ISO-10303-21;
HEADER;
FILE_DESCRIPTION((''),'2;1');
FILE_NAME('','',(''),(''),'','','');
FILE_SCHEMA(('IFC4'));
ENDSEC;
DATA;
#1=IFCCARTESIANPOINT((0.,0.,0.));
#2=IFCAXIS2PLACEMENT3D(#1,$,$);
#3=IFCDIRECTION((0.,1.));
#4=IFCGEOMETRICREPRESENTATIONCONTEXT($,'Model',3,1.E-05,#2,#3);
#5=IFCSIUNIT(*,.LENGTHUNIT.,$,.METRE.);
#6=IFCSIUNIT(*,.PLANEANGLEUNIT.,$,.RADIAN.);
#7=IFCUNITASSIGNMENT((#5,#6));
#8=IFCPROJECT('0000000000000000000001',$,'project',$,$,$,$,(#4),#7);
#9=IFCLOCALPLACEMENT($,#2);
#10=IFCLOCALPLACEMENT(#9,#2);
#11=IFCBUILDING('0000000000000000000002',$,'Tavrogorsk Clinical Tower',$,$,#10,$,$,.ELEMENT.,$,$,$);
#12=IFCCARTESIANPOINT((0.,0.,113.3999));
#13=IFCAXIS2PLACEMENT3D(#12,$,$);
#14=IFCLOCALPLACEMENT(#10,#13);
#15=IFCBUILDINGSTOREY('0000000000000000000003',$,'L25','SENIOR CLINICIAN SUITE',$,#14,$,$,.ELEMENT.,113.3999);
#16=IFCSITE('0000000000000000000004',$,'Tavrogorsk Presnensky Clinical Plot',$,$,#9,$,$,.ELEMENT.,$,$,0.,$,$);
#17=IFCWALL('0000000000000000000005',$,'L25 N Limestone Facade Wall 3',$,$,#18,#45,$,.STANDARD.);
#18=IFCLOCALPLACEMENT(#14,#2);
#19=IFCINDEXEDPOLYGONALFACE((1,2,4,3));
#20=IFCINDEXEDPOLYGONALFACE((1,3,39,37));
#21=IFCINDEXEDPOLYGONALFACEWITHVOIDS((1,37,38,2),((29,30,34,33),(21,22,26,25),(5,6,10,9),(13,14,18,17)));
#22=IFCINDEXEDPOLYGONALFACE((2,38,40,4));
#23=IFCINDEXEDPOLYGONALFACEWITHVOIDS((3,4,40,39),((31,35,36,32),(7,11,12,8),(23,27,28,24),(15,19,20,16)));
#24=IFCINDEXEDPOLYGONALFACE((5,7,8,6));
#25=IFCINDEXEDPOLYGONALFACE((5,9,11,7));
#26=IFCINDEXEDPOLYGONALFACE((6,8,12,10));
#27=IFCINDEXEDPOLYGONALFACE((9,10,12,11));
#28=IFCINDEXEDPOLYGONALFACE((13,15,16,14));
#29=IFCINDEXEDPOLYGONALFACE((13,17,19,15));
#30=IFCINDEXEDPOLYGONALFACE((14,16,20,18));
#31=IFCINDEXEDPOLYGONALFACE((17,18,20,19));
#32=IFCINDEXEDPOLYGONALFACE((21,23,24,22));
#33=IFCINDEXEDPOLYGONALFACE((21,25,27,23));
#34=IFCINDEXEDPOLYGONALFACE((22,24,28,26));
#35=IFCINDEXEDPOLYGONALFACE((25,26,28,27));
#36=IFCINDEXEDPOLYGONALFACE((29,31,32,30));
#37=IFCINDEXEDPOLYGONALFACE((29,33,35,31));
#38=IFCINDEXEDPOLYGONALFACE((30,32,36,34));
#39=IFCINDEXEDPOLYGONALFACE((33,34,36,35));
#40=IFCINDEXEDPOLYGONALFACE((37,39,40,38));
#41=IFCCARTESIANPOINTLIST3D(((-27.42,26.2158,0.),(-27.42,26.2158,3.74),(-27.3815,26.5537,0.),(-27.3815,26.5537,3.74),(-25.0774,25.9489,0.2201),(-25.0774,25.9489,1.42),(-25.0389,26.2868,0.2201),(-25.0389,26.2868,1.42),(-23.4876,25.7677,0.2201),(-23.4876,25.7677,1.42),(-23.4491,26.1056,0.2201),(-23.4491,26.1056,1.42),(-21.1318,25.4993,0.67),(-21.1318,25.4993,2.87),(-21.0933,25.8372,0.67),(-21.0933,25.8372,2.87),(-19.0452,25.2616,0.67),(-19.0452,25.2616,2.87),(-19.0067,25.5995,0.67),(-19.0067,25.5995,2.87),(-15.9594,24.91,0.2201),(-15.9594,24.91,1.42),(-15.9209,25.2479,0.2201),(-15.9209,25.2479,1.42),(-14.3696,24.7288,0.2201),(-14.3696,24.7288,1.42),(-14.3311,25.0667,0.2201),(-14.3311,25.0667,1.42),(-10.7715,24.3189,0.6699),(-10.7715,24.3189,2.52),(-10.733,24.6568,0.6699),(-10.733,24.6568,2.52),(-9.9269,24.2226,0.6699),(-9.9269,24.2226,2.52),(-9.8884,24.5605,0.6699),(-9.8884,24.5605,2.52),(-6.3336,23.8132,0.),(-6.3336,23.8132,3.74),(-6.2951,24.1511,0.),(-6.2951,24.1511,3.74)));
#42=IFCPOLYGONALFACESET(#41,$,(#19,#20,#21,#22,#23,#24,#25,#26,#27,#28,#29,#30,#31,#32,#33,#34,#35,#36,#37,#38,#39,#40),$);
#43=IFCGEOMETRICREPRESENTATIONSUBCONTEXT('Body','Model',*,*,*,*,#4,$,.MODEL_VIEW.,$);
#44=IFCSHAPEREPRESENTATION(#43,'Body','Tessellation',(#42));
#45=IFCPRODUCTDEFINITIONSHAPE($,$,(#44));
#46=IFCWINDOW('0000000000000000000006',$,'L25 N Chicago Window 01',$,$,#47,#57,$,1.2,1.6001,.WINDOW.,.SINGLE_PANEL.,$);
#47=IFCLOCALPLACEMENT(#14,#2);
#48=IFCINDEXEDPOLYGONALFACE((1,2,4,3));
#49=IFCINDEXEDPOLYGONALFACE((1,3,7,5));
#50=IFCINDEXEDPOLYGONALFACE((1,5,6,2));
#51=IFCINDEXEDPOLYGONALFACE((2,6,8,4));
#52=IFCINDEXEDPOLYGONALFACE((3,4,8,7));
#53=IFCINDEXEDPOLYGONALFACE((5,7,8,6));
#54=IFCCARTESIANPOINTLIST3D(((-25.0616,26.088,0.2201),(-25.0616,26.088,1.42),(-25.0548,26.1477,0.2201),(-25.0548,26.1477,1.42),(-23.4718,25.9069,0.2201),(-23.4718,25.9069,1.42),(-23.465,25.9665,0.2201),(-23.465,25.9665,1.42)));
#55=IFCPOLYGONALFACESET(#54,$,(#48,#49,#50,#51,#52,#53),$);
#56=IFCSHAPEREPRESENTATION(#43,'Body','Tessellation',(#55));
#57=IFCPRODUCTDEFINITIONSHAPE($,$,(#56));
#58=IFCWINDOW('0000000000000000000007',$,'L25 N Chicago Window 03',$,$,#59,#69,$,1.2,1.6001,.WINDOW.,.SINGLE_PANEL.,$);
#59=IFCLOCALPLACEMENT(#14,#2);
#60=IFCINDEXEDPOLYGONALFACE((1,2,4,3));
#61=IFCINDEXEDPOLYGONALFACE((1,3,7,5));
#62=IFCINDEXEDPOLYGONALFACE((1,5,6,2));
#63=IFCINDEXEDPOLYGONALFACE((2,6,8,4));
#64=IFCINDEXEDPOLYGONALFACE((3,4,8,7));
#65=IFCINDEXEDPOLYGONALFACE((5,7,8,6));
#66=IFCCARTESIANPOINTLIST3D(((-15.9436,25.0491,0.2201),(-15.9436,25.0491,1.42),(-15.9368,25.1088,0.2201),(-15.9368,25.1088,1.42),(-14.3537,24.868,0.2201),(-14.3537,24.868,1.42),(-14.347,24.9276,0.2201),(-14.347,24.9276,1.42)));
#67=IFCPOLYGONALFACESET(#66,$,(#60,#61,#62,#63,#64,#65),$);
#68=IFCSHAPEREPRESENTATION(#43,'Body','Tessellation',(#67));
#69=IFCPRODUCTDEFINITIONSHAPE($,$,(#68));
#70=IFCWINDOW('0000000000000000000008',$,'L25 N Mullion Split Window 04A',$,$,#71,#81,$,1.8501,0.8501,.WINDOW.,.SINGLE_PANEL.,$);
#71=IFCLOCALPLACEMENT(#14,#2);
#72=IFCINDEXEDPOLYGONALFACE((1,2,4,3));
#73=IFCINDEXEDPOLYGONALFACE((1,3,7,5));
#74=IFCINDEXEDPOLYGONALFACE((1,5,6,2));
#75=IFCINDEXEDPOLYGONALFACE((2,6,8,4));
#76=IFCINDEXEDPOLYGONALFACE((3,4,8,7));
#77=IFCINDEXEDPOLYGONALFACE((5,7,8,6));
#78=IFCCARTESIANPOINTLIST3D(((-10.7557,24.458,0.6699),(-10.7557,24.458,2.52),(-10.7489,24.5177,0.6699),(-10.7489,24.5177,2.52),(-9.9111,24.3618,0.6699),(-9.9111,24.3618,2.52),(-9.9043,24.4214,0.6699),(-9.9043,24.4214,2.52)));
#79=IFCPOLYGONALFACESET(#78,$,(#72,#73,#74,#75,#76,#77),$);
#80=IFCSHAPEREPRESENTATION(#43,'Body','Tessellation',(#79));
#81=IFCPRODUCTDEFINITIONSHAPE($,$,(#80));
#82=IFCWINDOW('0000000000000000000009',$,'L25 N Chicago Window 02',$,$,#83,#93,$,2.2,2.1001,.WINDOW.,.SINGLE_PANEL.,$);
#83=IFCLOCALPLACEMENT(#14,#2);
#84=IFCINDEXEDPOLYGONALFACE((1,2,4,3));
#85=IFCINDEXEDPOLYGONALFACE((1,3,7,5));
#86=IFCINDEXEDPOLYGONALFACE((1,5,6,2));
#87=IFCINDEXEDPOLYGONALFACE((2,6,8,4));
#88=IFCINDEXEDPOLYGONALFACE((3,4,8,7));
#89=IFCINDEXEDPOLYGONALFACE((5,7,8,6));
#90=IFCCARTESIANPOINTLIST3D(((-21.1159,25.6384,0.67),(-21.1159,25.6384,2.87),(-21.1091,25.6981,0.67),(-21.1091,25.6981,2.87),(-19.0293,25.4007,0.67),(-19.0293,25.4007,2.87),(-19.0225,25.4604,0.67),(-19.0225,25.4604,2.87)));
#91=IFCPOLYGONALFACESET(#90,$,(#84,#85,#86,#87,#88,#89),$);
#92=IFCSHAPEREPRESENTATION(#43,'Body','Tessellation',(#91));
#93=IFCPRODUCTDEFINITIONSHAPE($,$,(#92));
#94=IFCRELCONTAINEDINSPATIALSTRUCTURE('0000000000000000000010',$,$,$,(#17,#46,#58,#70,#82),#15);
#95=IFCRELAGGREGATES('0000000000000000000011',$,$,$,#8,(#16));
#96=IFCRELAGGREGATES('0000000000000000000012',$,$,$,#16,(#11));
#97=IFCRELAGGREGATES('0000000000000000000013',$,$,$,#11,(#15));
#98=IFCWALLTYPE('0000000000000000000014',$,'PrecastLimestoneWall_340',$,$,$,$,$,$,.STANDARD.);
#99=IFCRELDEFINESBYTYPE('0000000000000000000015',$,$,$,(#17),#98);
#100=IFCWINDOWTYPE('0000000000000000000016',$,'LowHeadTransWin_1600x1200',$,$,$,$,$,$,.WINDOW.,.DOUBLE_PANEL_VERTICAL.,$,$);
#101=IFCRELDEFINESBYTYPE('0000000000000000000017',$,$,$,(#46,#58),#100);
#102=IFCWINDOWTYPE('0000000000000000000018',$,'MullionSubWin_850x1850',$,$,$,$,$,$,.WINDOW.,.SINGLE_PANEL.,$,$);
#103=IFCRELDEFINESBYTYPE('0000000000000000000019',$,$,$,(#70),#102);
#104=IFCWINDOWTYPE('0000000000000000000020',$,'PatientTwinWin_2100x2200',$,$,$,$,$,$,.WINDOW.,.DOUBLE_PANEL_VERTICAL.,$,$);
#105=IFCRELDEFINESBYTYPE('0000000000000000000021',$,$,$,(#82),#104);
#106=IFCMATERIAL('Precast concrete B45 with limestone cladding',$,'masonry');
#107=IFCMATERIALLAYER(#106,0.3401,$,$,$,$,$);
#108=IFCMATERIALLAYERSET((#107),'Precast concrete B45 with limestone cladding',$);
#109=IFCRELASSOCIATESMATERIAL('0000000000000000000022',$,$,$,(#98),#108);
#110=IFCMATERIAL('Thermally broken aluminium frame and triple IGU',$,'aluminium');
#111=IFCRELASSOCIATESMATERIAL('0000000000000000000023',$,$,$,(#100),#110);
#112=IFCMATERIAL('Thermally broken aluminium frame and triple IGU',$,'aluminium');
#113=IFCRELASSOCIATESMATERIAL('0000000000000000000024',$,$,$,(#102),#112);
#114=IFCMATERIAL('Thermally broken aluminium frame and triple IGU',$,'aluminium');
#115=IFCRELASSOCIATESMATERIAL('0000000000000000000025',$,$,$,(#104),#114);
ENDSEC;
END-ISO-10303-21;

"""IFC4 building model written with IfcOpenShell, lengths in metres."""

from ifc_helpers import new_model, si_unit, direction, frame, frame_2d, origin, place, context, subcontext, project, spatial, rectangle, extrude, material, layer, layer_set, type_object, element, fill, save


model = new_model("IFC4")

# Units and contexts
model_context = context("Model", 3, precision=1e-05, world=origin(), true_north=direction((0.0, 1.0)))
body_context = subcontext(model_context, "Body", "Model", "MODEL_VIEW")
ifc_project = project(units=[si_unit("LENGTHUNIT", "METRE"), si_unit("PLANEANGLEUNIT", "RADIAN")], contexts=[model_context])

# Site, building, storey
site_placement = place(None, origin())
site = spatial("IfcSite", under=ifc_project, at=site_placement, Name="Tavrogorsk Presnensky Clinical Plot", CompositionType="ELEMENT", RefElevation=0.0)
building_placement = place(site_placement, origin())
building = spatial("IfcBuilding", under=site, at=building_placement, Name="Tavrogorsk Clinical Tower", CompositionType="ELEMENT")
storey_placement = place(building_placement, frame((0.0, 0.0, 113.3999)))
storey = spatial("IfcBuildingStorey", under=building, at=storey_placement, Name="L25", Description="SENIOR CLINICIAN SUITE", CompositionType="ELEMENT", Elevation=113.3999)

# Wall, openings, windows
ifc_material_1 = material(Name="Precast concrete B45 with limestone cladding", Category="masonry")
ifc_layer_1 = layer(ifc_material_1, 0.3401)
ifc_layer_set_1 = layer_set([ifc_layer_1], Name="Precast concrete B45 with limestone cladding")
wall_type_1 = type_object("IfcWallType", Name="PrecastLimestoneWall_340", PredefinedType="STANDARD", material=ifc_layer_set_1)
wall_1_placement = place(storey_placement, frame((-6.3145, 23.9822, 0.0), z_axis=(0.0, 0.0, 1.0), x_axis=(-0.993571, 0.113208, 0.0)))
wall_1 = element("IfcWall", 1, at=wall_1_placement, inside=storey, type_object=wall_type_1, Name="L25 N Limestone Facade Wall 3", PredefinedType="STANDARD", context=body_context, shape_type="SweptSolid", body=[
    extrude(rectangle(XDim=21.2229, YDim=0.3401, at=frame_2d((10.6113, 0.0))), origin(), (0.0, 0.0, 1.0), 3.74),
])
opening_1_placement = place(wall_1_placement, frame((17.2649, 0.0, 0.22)))
opening_1 = element("IfcOpeningElement", 2, at=opening_1_placement, cuts=wall_1, PredefinedType="OPENING", context=body_context, shape_type="SweptSolid", body=[
    extrude(rectangle(XDim=1.6001, YDim=1.2, at=frame_2d((0.8, 0.6001))), frame((0.0, 0.1799, 0.0), z_axis=(0.0, -1.0, 0.0), x_axis=(1.0, 0.0, 0.0)), (0.0, 0.0, 1.0), 0.3601),
])
opening_2_placement = place(wall_1_placement, frame((12.7937, 0.0, 0.6699)))
opening_2 = element("IfcOpeningElement", 3, at=opening_2_placement, cuts=wall_1, PredefinedType="OPENING", context=body_context, shape_type="SweptSolid", body=[
    extrude(rectangle(XDim=2.1001, YDim=2.2, at=frame_2d((1.05, 1.1001))), frame((0.0, 0.1799, 0.0), z_axis=(0.0, -1.0, 0.0), x_axis=(1.0, 0.0, 0.0)), (0.0, 0.0, 1.0), 0.3601),
])
opening_3_placement = place(wall_1_placement, frame((8.0879, 0.0, 0.22)))
opening_3 = element("IfcOpeningElement", 4, at=opening_3_placement, cuts=wall_1, PredefinedType="OPENING", context=body_context, shape_type="SweptSolid", body=[
    extrude(rectangle(XDim=1.6001, YDim=1.2, at=frame_2d((0.8, 0.6001))), frame((0.0, 0.1799, 0.0), z_axis=(0.0, -1.0, 0.0), x_axis=(1.0, 0.0, 0.0)), (0.0, 0.0, 1.0), 0.3601),
])
opening_4_placement = place(wall_1_placement, frame((3.6165, 0.0, 0.6699)))
opening_4 = element("IfcOpeningElement", 5, at=opening_4_placement, cuts=wall_1, PredefinedType="OPENING", context=body_context, shape_type="SweptSolid", body=[
    extrude(rectangle(XDim=0.8501, YDim=1.8501, at=frame_2d((0.425, 0.925))), frame((0.0, 0.1799, 0.0), z_axis=(0.0, -1.0, 0.0), x_axis=(1.0, 0.0, 0.0)), (0.0, 0.0, 1.0), 0.3601),
])
ifc_material_2 = material(Name="Thermally broken aluminium frame and triple IGU", Category="aluminium")
window_type_1 = type_object("IfcWindowType", Name="LowHeadTransWin_1600x1200", PartitioningType="DOUBLE_PANEL_VERTICAL", PredefinedType="WINDOW", material=ifc_material_2)
window_1_placement = place(opening_1_placement, origin())
window_1 = element("IfcWindow", 6, at=window_1_placement, inside=storey, type_object=window_type_1, Name="L25 N Chicago Window 01", OverallHeight=1.2, OverallWidth=1.6001, PartitioningType="SINGLE_PANEL", PredefinedType="WINDOW", context=body_context, shape_type="SweptSolid", body=[
    extrude(rectangle(XDim=1.6001, YDim=1.2, at=frame_2d((0.8, 0.6001))), frame((0.0, 0.03, 0.0), z_axis=(0.0, -1.0, 0.0), x_axis=(1.0, 0.0, 0.0)), (0.0, 0.0, 1.0), 0.0601),
])
fill(opening_1, window_1)
window_2_placement = place(opening_3_placement, origin())
window_2 = element("IfcWindow", 7, at=window_2_placement, inside=storey, type_object=window_type_1, Name="L25 N Chicago Window 03", OverallHeight=1.2, OverallWidth=1.6001, PartitioningType="SINGLE_PANEL", PredefinedType="WINDOW", context=body_context, shape_type="SweptSolid", body=[
    extrude(rectangle(XDim=1.6001, YDim=1.2, at=frame_2d((0.8, 0.6001))), frame((0.0, 0.03, 0.0), z_axis=(0.0, -1.0, 0.0), x_axis=(1.0, 0.0, 0.0)), (0.0, 0.0, 1.0), 0.0601),
])
fill(opening_3, window_2)
ifc_material_3 = material(Name="Thermally broken aluminium frame and triple IGU", Category="aluminium")
window_type_2 = type_object("IfcWindowType", Name="MullionSubWin_850x1850", PartitioningType="SINGLE_PANEL", PredefinedType="WINDOW", material=ifc_material_3)
window_3_placement = place(opening_4_placement, origin())
window_3 = element("IfcWindow", 8, at=window_3_placement, inside=storey, type_object=window_type_2, Name="L25 N Mullion Split Window 04A", OverallHeight=1.8501, OverallWidth=0.8501, PartitioningType="SINGLE_PANEL", PredefinedType="WINDOW", context=body_context, shape_type="SweptSolid", body=[
    extrude(rectangle(XDim=0.8501, YDim=1.8501, at=frame_2d((0.425, 0.925))), frame((0.0, 0.03, 0.0), z_axis=(0.0, -1.0, 0.0), x_axis=(1.0, 0.0, 0.0)), (0.0, 0.0, 1.0), 0.0601),
])
fill(opening_4, window_3)
ifc_material_4 = material(Name="Thermally broken aluminium frame and triple IGU", Category="aluminium")
window_type_3 = type_object("IfcWindowType", Name="PatientTwinWin_2100x2200", PartitioningType="DOUBLE_PANEL_VERTICAL", PredefinedType="WINDOW", material=ifc_material_4)
window_4_placement = place(opening_2_placement, origin())
window_4 = element("IfcWindow", 9, at=window_4_placement, inside=storey, type_object=window_type_3, Name="L25 N Chicago Window 02", OverallHeight=2.2, OverallWidth=2.1001, PartitioningType="SINGLE_PANEL", PredefinedType="WINDOW", context=body_context, shape_type="SweptSolid", body=[
    extrude(rectangle(XDim=2.1001, YDim=2.2, at=frame_2d((1.05, 1.1001))), frame((0.0, 0.03, 0.0), z_axis=(0.0, -1.0, 0.0), x_axis=(1.0, 0.0, 0.0)), (0.0, 0.0, 1.0), 0.0601),
])
fill(opening_2, window_4)

save(model, "model.ifc")
